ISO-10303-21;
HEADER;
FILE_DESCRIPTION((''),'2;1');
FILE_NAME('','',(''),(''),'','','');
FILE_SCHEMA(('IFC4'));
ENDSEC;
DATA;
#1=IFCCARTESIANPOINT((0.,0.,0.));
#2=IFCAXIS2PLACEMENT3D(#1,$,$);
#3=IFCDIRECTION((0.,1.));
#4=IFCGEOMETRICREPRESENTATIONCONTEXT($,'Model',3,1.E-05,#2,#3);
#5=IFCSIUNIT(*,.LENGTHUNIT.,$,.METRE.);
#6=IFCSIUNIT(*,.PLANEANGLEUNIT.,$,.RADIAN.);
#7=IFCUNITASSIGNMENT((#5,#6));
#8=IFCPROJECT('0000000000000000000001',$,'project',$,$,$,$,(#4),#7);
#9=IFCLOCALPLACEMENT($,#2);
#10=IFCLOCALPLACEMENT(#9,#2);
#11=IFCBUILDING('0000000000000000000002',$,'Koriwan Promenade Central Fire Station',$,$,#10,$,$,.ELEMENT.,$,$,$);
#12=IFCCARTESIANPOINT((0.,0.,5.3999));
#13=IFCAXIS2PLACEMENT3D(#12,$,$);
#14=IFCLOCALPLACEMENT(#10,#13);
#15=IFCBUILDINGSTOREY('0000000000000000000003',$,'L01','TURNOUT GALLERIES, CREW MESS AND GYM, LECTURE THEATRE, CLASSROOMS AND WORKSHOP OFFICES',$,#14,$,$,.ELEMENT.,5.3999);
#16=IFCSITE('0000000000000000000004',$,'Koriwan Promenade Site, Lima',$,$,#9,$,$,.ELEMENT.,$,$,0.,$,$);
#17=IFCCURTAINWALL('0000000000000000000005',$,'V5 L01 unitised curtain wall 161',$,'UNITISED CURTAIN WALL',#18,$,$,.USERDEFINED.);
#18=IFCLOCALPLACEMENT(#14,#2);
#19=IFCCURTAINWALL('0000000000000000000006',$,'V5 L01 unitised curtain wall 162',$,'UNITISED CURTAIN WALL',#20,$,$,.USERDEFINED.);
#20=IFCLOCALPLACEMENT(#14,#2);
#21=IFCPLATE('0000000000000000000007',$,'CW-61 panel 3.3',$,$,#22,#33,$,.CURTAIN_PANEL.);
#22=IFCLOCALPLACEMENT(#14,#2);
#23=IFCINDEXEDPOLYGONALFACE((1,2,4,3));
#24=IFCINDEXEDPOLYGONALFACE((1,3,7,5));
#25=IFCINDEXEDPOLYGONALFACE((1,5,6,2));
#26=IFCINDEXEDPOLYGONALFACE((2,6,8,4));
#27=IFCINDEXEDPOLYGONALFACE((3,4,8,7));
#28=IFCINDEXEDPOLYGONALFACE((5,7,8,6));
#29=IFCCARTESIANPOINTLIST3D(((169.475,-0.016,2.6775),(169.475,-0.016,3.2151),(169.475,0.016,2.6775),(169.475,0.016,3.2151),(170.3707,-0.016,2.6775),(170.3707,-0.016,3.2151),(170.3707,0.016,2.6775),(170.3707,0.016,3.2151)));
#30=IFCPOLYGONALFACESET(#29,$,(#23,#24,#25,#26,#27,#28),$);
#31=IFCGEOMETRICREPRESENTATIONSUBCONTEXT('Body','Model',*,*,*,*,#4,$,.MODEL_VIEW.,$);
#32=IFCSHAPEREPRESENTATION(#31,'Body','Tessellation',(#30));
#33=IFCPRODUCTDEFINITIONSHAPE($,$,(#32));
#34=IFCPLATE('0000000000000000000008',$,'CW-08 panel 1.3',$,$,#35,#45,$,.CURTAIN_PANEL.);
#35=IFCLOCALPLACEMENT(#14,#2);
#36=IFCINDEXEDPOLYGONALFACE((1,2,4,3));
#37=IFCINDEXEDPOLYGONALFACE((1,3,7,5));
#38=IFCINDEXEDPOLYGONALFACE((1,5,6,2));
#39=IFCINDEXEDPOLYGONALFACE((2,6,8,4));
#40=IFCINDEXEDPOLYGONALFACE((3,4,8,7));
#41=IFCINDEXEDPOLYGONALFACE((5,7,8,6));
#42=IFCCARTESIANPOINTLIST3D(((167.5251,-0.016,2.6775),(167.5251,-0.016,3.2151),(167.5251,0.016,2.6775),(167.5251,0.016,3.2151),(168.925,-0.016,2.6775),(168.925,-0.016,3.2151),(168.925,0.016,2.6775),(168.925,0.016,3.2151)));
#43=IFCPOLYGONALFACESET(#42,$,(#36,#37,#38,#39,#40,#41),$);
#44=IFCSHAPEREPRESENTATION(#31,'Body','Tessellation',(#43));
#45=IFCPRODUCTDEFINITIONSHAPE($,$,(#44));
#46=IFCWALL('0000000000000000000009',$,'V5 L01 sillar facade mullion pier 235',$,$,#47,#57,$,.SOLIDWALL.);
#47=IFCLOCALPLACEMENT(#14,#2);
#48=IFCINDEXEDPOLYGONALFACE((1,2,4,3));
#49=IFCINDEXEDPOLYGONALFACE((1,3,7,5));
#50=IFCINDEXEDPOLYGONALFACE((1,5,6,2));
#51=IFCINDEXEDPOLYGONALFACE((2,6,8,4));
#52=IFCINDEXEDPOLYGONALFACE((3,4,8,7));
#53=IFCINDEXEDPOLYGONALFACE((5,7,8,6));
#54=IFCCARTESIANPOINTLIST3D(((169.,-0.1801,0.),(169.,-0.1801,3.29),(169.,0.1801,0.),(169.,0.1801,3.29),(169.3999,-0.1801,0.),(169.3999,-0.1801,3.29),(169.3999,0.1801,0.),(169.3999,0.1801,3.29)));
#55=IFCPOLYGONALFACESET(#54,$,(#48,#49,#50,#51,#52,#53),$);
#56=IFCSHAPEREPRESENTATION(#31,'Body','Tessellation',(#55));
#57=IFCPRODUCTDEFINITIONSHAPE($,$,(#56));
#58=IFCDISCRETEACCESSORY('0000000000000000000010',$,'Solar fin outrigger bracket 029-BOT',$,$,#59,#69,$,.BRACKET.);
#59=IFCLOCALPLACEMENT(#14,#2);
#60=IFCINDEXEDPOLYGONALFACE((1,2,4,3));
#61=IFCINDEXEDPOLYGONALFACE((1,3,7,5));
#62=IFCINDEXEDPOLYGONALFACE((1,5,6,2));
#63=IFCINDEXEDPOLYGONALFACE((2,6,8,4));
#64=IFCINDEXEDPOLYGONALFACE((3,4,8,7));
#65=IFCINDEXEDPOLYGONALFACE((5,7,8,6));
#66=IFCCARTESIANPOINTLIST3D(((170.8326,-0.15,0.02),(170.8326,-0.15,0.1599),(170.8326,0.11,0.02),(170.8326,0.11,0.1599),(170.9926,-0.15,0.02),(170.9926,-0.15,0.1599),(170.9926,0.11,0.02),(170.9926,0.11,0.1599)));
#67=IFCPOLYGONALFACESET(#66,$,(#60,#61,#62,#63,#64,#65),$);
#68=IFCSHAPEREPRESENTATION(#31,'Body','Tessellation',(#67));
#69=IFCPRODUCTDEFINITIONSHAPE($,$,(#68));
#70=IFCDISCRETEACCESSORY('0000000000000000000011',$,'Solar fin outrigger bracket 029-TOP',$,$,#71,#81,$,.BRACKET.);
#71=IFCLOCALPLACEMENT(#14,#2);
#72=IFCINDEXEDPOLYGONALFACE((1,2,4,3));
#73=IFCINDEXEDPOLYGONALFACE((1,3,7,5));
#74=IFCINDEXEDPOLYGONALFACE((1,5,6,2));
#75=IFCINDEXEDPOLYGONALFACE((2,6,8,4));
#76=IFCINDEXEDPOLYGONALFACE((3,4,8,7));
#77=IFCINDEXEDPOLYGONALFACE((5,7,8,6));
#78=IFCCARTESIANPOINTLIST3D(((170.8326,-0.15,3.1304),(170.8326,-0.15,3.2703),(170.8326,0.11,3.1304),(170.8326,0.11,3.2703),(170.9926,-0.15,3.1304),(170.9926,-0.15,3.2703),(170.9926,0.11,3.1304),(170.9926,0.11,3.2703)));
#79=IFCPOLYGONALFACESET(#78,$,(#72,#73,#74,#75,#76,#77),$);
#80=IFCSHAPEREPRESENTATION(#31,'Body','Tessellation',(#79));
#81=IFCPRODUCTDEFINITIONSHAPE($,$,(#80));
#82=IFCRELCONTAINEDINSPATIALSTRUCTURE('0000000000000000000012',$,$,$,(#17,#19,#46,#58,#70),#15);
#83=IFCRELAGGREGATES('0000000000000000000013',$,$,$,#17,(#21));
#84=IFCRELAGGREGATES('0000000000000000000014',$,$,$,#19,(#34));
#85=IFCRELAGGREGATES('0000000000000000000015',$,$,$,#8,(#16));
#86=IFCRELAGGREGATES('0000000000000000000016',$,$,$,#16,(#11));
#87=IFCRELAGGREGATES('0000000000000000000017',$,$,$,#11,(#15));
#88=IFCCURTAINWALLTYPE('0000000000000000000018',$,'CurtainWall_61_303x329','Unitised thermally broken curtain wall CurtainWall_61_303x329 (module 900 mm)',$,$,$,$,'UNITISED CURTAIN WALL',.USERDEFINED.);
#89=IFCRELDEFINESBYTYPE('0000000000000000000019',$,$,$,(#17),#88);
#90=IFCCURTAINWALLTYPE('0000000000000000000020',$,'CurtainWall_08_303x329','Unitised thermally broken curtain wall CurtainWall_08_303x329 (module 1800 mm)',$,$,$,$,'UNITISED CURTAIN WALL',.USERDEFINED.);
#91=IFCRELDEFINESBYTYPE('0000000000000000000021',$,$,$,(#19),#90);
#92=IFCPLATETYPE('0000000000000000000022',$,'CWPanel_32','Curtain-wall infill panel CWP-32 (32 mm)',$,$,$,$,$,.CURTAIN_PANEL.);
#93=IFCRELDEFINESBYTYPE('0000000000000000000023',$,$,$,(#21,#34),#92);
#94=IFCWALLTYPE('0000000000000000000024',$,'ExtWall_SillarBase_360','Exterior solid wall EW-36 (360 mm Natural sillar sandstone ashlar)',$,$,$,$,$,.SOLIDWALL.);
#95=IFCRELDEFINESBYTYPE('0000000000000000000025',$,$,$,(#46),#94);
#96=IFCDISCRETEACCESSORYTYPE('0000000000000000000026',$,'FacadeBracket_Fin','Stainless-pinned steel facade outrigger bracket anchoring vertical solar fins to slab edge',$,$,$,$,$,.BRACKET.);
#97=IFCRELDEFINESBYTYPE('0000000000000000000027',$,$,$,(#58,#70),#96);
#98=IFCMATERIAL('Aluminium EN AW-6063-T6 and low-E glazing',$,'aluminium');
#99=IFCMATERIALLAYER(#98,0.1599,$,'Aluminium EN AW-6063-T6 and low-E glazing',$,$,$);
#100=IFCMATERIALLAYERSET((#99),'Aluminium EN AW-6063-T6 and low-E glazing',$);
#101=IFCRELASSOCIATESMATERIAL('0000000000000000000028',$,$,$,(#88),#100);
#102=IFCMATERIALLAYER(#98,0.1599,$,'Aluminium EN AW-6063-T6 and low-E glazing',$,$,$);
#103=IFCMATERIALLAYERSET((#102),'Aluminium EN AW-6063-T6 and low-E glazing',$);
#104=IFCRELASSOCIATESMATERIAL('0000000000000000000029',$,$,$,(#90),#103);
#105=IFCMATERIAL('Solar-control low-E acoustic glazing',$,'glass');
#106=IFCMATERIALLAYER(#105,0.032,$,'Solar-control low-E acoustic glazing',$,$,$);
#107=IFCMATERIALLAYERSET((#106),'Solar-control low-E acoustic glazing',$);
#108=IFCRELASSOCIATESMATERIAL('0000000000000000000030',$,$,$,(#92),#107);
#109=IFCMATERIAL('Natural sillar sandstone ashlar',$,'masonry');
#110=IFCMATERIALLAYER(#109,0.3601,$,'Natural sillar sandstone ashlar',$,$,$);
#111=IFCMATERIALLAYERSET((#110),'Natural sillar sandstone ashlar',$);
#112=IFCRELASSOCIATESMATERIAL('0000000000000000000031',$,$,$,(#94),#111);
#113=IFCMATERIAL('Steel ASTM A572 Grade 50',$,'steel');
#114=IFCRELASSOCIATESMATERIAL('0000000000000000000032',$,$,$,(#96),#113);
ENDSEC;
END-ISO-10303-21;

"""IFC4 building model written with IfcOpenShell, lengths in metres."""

from ifc_helpers import new_model, si_unit, direction, frame, frame_2d, origin, origin_2d, place, context, subcontext, project, spatial, rectangle, extrude, material, layer, layer_set, type_object, element, aggregate, save


model = new_model("IFC4")

# Units and contexts
model_context = context("Model", 3, precision=1e-05, world=origin(), true_north=direction((0.0, 1.0)))
body_context = subcontext(model_context, "Body", "Model", "MODEL_VIEW")
ifc_project = project(units=[si_unit("LENGTHUNIT", "METRE"), si_unit("PLANEANGLEUNIT", "RADIAN")], contexts=[model_context])

# Site, building, storey
site_placement = place(None, origin())
site = spatial("IfcSite", under=ifc_project, at=site_placement, Name="Koriwan Promenade Site, Lima", CompositionType="ELEMENT", RefElevation=0.0)
building_placement = place(site_placement, origin())
building = spatial("IfcBuilding", under=site, at=building_placement, Name="Koriwan Promenade Central Fire Station", CompositionType="ELEMENT")
storey_placement = place(building_placement, frame((0.0, 0.0, 5.3999)))
storey = spatial("IfcBuildingStorey", under=building, at=storey_placement, Name="L01", Description="TURNOUT GALLERIES, CREW MESS AND GYM, LECTURE THEATRE, CLASSROOMS AND WORKSHOP OFFICES", CompositionType="ELEMENT", Elevation=5.3999)

# Curtain wall
ifc_material_1 = material(Name="Aluminium EN AW-6063-T6 and low-E glazing", Category="aluminium")
ifc_layer_1 = layer(ifc_material_1, 0.1599, Name="Aluminium EN AW-6063-T6 and low-E glazing")
ifc_layer_set_1 = layer_set([ifc_layer_1], Name="Aluminium EN AW-6063-T6 and low-E glazing")
curtain_wall_type_1 = type_object("IfcCurtainWallType", Name="CurtainWall_61_303x329", Description="Unitised thermally broken curtain wall CurtainWall_61_303x329 (module 900 mm)", ElementType="UNITISED CURTAIN WALL", PredefinedType="USERDEFINED", material=ifc_layer_set_1)
curtain_wall_1_placement = place(storey_placement, origin())
curtain_wall_1 = element("IfcCurtainWall", 1, at=curtain_wall_1_placement, inside=storey, type_object=curtain_wall_type_1, Name="V5 L01 unitised curtain wall 161", ObjectType="UNITISED CURTAIN WALL", PredefinedType="USERDEFINED")

# Curtain wall
ifc_layer_2 = layer(ifc_material_1, 0.1599, Name="Aluminium EN AW-6063-T6 and low-E glazing")
ifc_layer_set_2 = layer_set([ifc_layer_2], Name="Aluminium EN AW-6063-T6 and low-E glazing")
curtain_wall_type_2 = type_object("IfcCurtainWallType", Name="CurtainWall_08_303x329", Description="Unitised thermally broken curtain wall CurtainWall_08_303x329 (module 1800 mm)", ElementType="UNITISED CURTAIN WALL", PredefinedType="USERDEFINED", material=ifc_layer_set_2)
curtain_wall_2_placement = place(storey_placement, origin())
curtain_wall_2 = element("IfcCurtainWall", 2, at=curtain_wall_2_placement, inside=storey, type_object=curtain_wall_type_2, Name="V5 L01 unitised curtain wall 162", ObjectType="UNITISED CURTAIN WALL", PredefinedType="USERDEFINED")

# Plates
ifc_material_2 = material(Name="Solar-control low-E acoustic glazing", Category="glass")
ifc_layer_3 = layer(ifc_material_2, 0.032, Name="Solar-control low-E acoustic glazing")
ifc_layer_set_3 = layer_set([ifc_layer_3], Name="Solar-control low-E acoustic glazing")
plate_type = type_object("IfcPlateType", Name="CWPanel_32", Description="Curtain-wall infill panel CWP-32 (32 mm)", PredefinedType="CURTAIN_PANEL", material=ifc_layer_set_3)
plate_1_placement = place(storey_placement, frame((169.9229, 0.0, 2.6775), z_axis=(0.0, 0.0, 1.0), x_axis=(-1.0, 0.0, 0.0)))
plate_1 = element("IfcPlate", 3, at=plate_1_placement, type_object=plate_type, Name="CW-61 panel 3.3", PredefinedType="CURTAIN_PANEL", context=body_context, shape_type="SweptSolid", body=[
    extrude(rectangle(XDim=0.8958, YDim=0.032, at=origin_2d()), origin(), (0.0, 0.0, 1.0), 0.5376),
])
aggregate(curtain_wall_1, [plate_1])
plate_2_placement = place(storey_placement, frame((168.2251, 0.0, 2.6775), z_axis=(0.0, 0.0, 1.0), x_axis=(-1.0, 0.0, 0.0)))
plate_2 = element("IfcPlate", 4, at=plate_2_placement, type_object=plate_type, Name="CW-08 panel 1.3", PredefinedType="CURTAIN_PANEL", context=body_context, shape_type="SweptSolid", body=[
    extrude(rectangle(XDim=1.3999, YDim=0.032, at=origin_2d()), origin(), (0.0, 0.0, 1.0), 0.5376),
])
aggregate(curtain_wall_2, [plate_2])

# Wall
ifc_material_3 = material(Name="Natural sillar sandstone ashlar", Category="masonry")
ifc_layer_4 = layer(ifc_material_3, 0.3601, Name="Natural sillar sandstone ashlar")
ifc_layer_set_4 = layer_set([ifc_layer_4], Name="Natural sillar sandstone ashlar")
wall_type = type_object("IfcWallType", Name="ExtWall_SillarBase_360", Description="Exterior solid wall EW-36 (360 mm Natural sillar sandstone ashlar)", PredefinedType="SOLIDWALL", material=ifc_layer_set_4)
wall_placement = place(storey_placement, frame((169.3999, 0.0, 0.0), z_axis=(0.0, 0.0, 1.0), x_axis=(-1.0, 0.0, 0.0)))
element("IfcWall", 5, at=wall_placement, inside=storey, type_object=wall_type, Name="V5 L01 sillar facade mullion pier 235", PredefinedType="SOLIDWALL", context=body_context, shape_type="SweptSolid", body=[
    extrude(rectangle(XDim=0.3999, YDim=0.3601, at=frame_2d((0.2, 0.0))), origin(), (0.0, 0.0, 1.0), 3.29),
])

# Discrete accessories
ifc_material_4 = material(Name="Steel ASTM A572 Grade 50", Category="steel")
discrete_accessory_type = type_object("IfcDiscreteAccessoryType", Name="FacadeBracket_Fin", Description="Stainless-pinned steel facade outrigger bracket anchoring vertical solar fins to slab edge", PredefinedType="BRACKET", material=ifc_material_4)
for number, where, z_axis, x_axis, name in (
    (6, (170.9126, -0.02, 0.02), (0.0, 0.0, 1.0), (0.0, -1.0, 0.0), "Solar fin outrigger bracket 029-BOT"),
    (7, (170.9126, -0.02, 3.1304), (0.0, 0.0, 1.0), (0.0, -1.0, 0.0), "Solar fin outrigger bracket 029-TOP"),
):
    element("IfcDiscreteAccessory", number, at=place(storey_placement, frame(where, z_axis=z_axis, x_axis=x_axis)), inside=storey, type_object=discrete_accessory_type, Name=name, PredefinedType="BRACKET", context=body_context, shape_type="SweptSolid", body=[
        extrude(rectangle(XDim=0.26, YDim=0.1599, at=origin_2d()), origin(), (0.0, 0.0, 1.0), 0.1399),
    ])

save(model, "model.ifc")
